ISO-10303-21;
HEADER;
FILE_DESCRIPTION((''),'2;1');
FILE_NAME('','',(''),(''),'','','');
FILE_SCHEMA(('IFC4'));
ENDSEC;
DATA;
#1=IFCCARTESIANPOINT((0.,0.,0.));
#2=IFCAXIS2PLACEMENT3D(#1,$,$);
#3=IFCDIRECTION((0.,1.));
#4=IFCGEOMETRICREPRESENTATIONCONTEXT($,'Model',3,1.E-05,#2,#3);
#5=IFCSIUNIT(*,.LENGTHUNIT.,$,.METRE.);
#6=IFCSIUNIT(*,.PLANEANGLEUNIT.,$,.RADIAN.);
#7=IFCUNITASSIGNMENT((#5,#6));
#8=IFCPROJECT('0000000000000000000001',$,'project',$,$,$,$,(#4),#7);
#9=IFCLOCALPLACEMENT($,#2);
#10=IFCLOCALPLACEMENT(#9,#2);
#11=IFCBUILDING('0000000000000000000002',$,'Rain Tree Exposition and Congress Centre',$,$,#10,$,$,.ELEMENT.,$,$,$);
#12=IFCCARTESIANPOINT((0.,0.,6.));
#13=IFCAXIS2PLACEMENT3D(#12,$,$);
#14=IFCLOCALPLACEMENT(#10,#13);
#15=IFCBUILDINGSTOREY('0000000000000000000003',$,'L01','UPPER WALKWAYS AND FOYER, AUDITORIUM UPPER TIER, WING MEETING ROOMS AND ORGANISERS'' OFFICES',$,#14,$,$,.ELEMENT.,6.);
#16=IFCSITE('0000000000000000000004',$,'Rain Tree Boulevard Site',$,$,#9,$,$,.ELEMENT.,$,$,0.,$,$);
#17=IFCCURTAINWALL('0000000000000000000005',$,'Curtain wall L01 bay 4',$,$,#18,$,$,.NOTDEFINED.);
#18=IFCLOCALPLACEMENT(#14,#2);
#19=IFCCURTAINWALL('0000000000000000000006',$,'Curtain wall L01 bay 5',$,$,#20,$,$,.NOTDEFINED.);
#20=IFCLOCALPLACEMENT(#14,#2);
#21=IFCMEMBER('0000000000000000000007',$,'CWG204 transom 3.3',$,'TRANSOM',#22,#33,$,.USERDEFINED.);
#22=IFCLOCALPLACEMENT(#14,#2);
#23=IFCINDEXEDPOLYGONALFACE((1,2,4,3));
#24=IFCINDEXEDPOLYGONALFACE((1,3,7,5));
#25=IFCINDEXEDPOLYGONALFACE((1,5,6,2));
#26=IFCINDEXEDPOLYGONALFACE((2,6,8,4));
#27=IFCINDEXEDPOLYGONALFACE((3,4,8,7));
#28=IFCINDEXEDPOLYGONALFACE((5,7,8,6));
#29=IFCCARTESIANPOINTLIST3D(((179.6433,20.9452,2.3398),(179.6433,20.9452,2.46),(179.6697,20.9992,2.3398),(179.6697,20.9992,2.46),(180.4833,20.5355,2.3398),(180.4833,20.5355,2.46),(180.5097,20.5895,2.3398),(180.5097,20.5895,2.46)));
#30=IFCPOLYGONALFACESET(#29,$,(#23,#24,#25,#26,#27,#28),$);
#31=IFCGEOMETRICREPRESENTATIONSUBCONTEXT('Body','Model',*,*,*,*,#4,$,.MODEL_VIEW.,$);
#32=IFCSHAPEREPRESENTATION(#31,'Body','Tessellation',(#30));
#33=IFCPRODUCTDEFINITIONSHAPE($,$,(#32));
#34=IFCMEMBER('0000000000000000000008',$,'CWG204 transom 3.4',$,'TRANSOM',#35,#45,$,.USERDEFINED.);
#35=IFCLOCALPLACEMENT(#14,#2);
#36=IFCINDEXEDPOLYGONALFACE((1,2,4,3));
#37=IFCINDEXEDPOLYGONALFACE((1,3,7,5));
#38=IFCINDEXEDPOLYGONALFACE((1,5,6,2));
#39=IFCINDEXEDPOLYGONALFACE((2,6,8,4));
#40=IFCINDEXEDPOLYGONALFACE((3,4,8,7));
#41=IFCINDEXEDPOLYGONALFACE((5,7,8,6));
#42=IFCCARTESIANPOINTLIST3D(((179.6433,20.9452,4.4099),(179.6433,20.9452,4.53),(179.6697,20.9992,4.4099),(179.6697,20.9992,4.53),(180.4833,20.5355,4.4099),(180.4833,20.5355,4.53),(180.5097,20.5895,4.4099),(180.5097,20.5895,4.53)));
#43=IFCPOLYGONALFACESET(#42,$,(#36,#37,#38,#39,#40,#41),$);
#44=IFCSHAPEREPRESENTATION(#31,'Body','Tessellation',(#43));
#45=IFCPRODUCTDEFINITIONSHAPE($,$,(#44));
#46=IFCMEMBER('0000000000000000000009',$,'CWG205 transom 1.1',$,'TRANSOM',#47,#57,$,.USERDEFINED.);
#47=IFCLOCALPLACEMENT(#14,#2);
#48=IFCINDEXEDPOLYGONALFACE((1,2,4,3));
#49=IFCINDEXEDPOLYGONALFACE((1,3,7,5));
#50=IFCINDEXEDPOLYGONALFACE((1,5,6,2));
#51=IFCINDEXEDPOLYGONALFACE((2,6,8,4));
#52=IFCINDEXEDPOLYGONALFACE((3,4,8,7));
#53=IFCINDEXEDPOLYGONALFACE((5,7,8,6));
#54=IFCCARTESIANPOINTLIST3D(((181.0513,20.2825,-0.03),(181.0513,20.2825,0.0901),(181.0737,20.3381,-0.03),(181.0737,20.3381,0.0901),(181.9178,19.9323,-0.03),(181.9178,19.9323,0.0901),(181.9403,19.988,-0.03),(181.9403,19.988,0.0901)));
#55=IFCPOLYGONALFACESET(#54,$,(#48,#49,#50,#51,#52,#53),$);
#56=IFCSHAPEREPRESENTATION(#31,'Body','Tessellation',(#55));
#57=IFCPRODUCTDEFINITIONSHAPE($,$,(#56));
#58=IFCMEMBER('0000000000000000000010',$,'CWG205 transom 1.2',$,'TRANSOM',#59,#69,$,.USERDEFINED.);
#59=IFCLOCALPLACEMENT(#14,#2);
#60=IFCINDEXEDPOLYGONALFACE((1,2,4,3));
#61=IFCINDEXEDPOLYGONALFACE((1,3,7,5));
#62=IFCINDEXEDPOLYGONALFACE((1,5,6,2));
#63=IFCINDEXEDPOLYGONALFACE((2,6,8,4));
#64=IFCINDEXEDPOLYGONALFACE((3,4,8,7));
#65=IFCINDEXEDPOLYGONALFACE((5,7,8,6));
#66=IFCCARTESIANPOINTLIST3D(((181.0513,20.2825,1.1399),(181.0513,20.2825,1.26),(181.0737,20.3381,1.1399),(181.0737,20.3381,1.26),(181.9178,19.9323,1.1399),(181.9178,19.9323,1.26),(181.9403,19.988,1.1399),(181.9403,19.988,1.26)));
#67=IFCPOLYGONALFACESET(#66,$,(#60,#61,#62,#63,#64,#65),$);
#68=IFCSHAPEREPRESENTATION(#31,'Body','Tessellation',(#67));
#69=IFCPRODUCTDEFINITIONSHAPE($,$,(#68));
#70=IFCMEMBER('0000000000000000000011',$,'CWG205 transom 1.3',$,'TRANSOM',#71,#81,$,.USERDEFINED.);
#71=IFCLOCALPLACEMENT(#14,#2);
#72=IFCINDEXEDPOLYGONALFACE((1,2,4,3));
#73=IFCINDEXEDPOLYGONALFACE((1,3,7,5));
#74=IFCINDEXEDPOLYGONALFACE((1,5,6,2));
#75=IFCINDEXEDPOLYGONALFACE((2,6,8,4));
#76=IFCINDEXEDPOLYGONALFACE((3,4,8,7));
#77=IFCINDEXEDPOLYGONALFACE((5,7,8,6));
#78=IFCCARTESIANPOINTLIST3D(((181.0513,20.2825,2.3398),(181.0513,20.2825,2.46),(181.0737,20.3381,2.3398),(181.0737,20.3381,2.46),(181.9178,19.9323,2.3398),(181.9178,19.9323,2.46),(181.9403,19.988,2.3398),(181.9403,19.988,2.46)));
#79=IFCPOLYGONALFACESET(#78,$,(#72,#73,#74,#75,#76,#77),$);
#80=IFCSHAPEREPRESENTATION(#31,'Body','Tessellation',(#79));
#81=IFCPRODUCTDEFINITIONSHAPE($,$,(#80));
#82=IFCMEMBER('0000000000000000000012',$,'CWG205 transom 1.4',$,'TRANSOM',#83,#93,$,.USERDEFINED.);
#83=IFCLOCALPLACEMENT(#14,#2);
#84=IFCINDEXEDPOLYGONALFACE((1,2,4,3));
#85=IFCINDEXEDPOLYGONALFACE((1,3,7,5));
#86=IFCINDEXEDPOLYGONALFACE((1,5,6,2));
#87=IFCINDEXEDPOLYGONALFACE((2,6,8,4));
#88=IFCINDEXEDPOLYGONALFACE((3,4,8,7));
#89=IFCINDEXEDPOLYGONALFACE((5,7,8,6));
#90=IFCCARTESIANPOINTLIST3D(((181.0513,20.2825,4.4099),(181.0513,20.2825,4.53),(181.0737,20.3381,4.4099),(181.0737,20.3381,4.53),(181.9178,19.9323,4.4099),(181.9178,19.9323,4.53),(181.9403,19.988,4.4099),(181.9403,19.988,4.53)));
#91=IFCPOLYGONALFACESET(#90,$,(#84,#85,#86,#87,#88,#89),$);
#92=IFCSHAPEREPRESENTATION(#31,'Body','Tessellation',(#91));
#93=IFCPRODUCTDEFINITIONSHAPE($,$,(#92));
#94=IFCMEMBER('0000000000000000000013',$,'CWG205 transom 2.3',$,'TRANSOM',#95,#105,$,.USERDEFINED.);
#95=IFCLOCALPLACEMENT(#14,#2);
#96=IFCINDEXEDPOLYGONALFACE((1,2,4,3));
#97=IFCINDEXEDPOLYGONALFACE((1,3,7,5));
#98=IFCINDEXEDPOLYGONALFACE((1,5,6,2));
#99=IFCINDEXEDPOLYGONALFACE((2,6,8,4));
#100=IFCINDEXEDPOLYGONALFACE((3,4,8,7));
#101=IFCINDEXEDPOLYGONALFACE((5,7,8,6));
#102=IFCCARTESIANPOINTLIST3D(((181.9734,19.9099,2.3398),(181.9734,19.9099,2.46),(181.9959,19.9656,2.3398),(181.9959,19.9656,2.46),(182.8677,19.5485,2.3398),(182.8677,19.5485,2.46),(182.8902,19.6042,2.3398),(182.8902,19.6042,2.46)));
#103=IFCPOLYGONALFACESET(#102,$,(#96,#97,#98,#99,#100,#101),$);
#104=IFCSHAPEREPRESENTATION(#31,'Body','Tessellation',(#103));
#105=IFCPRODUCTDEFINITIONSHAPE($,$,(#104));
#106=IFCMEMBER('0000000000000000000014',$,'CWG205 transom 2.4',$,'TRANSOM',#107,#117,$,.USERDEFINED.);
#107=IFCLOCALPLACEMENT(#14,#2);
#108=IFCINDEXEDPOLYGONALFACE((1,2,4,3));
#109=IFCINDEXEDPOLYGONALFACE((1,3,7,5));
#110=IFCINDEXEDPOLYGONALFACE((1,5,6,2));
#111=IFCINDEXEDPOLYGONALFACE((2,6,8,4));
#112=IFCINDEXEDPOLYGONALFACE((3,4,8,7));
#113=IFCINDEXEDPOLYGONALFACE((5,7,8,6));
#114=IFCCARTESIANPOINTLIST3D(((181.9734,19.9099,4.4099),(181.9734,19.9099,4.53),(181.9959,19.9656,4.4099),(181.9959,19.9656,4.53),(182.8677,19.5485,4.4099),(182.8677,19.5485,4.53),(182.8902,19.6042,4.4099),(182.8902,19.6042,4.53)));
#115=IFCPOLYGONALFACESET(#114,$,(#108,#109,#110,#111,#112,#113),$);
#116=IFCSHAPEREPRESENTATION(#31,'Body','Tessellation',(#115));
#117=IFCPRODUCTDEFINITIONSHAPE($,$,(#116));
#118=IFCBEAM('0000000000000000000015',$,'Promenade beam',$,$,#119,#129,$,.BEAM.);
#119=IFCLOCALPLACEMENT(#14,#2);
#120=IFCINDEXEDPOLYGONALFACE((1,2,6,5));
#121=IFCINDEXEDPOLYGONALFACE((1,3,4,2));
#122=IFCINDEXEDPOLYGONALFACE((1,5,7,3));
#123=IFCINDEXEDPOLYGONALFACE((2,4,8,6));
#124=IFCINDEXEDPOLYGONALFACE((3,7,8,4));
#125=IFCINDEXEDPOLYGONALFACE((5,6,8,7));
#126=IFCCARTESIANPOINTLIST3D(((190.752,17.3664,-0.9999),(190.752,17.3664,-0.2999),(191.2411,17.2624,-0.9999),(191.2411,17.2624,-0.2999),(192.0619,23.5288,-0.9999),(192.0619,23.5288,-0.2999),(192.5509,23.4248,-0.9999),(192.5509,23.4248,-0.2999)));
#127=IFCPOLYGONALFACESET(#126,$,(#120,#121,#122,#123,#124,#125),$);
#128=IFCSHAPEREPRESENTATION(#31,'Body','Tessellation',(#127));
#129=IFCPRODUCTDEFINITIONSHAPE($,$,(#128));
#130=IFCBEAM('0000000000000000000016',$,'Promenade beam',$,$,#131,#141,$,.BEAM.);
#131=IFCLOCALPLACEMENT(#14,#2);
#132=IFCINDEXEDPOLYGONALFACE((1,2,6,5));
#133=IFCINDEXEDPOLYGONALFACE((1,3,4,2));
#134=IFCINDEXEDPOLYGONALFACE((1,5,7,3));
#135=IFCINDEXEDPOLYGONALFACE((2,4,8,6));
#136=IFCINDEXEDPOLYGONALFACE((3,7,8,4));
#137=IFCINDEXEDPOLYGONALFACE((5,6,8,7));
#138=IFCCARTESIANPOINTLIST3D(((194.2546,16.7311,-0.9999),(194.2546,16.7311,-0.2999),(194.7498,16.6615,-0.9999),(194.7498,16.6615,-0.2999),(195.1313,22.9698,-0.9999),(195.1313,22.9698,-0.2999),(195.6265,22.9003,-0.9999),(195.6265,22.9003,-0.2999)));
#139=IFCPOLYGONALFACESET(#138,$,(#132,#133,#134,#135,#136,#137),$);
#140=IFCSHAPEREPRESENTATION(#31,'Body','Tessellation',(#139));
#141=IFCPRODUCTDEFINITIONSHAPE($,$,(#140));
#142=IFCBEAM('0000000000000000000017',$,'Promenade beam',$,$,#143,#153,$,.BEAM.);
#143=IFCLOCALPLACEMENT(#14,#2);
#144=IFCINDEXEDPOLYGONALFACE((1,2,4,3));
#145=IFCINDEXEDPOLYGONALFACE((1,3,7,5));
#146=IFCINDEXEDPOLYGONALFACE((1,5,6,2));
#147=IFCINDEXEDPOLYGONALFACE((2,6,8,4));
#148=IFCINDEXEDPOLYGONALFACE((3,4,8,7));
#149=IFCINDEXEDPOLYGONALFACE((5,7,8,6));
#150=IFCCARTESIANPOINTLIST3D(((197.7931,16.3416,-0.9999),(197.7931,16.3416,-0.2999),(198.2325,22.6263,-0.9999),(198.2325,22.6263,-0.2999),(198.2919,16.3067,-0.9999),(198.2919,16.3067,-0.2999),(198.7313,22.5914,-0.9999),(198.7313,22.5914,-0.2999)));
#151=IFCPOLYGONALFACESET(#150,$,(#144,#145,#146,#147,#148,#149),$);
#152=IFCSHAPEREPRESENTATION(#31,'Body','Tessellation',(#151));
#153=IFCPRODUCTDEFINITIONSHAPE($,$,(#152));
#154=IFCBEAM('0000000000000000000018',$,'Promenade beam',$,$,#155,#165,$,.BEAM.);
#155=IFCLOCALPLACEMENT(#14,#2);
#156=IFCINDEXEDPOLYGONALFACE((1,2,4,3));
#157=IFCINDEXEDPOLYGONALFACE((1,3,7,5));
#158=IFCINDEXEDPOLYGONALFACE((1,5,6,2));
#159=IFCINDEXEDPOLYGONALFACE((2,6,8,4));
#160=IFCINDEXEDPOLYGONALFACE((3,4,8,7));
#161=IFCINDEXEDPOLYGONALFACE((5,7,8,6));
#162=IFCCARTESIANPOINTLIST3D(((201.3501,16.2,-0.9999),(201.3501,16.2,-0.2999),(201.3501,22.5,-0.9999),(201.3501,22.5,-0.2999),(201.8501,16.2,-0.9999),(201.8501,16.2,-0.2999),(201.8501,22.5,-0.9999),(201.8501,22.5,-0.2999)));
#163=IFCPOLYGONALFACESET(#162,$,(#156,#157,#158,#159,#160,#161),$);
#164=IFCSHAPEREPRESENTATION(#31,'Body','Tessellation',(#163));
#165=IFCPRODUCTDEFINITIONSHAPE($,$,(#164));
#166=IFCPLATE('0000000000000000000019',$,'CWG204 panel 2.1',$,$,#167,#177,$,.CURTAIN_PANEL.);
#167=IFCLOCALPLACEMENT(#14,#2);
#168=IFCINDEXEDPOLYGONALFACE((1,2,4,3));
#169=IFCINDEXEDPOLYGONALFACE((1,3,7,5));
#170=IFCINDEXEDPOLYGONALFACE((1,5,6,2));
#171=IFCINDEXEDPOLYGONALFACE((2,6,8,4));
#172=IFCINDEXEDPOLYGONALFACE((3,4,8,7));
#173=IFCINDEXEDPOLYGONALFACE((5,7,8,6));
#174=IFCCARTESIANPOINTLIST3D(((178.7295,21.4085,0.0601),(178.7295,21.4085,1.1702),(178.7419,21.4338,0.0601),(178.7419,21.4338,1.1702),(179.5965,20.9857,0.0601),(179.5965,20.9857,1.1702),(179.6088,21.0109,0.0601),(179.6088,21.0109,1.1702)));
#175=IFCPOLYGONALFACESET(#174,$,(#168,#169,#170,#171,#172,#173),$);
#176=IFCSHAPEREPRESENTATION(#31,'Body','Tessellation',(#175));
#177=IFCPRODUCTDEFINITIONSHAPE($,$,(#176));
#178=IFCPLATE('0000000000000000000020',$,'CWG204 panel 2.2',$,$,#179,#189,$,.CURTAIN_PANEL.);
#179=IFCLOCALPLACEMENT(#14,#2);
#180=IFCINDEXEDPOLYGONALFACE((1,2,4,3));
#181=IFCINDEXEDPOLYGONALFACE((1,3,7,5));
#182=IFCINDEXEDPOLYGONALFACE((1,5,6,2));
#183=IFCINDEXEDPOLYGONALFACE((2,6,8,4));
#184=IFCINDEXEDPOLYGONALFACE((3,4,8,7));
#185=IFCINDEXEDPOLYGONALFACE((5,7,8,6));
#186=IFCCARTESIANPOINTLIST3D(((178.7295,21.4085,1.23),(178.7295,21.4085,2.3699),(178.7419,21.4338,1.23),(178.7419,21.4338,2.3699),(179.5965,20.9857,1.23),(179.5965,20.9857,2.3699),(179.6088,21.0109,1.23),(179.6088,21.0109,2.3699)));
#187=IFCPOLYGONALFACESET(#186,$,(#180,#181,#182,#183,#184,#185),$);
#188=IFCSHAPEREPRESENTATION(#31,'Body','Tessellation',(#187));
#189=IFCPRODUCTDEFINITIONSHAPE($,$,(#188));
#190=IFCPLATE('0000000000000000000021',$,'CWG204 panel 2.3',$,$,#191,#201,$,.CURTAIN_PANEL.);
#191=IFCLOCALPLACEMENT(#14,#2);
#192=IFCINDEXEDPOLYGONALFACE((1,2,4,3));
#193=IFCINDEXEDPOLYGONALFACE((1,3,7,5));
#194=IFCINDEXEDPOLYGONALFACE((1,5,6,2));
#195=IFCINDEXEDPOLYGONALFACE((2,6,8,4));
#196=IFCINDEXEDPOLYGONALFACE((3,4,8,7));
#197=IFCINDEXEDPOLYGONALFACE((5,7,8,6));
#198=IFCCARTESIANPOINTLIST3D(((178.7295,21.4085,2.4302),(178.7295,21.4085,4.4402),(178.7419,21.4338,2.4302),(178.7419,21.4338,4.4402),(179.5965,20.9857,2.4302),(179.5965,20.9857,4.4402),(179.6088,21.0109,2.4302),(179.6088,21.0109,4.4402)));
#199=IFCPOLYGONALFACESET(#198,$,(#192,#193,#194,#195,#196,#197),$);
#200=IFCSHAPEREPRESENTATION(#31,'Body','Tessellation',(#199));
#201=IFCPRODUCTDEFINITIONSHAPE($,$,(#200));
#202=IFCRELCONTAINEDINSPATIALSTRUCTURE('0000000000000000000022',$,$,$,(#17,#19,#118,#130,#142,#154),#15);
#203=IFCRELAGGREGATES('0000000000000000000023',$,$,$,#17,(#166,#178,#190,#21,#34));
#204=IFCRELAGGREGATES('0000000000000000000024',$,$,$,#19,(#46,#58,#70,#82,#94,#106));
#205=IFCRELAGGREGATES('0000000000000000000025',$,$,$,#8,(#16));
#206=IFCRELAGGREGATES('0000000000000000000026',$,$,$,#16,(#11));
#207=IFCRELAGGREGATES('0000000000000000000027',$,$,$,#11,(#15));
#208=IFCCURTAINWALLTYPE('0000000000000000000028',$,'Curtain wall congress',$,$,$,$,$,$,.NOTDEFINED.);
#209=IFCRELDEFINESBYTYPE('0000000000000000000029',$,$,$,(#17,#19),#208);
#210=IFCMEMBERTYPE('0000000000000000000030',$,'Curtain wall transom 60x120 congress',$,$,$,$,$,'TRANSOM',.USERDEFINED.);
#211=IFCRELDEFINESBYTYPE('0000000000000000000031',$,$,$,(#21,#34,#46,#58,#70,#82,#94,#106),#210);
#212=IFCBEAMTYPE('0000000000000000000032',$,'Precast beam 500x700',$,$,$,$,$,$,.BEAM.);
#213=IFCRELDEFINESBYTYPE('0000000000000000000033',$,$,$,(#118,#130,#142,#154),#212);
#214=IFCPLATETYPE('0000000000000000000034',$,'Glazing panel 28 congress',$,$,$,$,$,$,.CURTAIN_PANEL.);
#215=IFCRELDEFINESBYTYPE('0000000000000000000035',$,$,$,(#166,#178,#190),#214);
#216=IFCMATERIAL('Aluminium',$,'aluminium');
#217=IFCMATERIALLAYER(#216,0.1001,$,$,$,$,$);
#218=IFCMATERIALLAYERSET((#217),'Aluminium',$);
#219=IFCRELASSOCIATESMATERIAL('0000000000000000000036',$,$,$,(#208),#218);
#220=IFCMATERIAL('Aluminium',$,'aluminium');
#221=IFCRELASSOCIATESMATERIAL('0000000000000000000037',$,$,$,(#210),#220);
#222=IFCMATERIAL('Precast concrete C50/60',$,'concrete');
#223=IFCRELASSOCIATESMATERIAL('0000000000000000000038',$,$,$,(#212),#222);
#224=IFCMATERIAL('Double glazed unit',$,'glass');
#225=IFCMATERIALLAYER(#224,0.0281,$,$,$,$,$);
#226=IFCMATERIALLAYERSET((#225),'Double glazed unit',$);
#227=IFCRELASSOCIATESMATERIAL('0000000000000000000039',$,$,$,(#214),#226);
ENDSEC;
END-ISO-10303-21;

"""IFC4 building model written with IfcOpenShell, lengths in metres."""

from ifc_helpers import new_model, si_unit, direction, frame, origin, origin_2d, place, context, subcontext, project, spatial, rectangle, extrude, material, layer, layer_set, material_profile, profile_set, type_object, element, aggregate, save


model = new_model("IFC4")

# Units and contexts
model_context = context("Model", 3, precision=1e-05, world=origin(), true_north=direction((0.0, 1.0)))
body_context = subcontext(model_context, "Body", "Model", "MODEL_VIEW")
ifc_project = project(units=[si_unit("LENGTHUNIT", "METRE"), si_unit("PLANEANGLEUNIT", "RADIAN")], contexts=[model_context])

# Site, building, storey
site_placement = place(None, origin())
site = spatial("IfcSite", under=ifc_project, at=site_placement, Name="Rain Tree Boulevard Site", CompositionType="ELEMENT", RefElevation=0.0)
building_placement = place(site_placement, origin())
building = spatial("IfcBuilding", under=site, at=building_placement, Name="Rain Tree Exposition and Congress Centre", CompositionType="ELEMENT")
storey_placement = place(building_placement, frame((0.0, 0.0, 6.0)))
storey = spatial("IfcBuildingStorey", under=building, at=storey_placement, Name="L01", Description="UPPER WALKWAYS AND FOYER, AUDITORIUM UPPER TIER, WING MEETING ROOMS AND ORGANISERS' OFFICES", CompositionType="ELEMENT", Elevation=6.0)

# Curtain walls
ifc_material_1 = material(Name="Aluminium", Category="aluminium")
ifc_layer_1 = layer(ifc_material_1, 0.1001)
ifc_layer_set_1 = layer_set([ifc_layer_1], Name="Aluminium")
curtain_wall_type = type_object("IfcCurtainWallType", Name="Curtain wall congress", PredefinedType="NOTDEFINED", material=ifc_layer_set_1)
curtain_wall_1_placement = place(storey_placement, origin())
curtain_wall_1 = element("IfcCurtainWall", 1, at=curtain_wall_1_placement, inside=storey, type_object=curtain_wall_type, Name="Curtain wall L01 bay 4", PredefinedType="NOTDEFINED")
curtain_wall_2_placement = place(storey_placement, origin())
curtain_wall_2 = element("IfcCurtainWall", 2, at=curtain_wall_2_placement, inside=storey, type_object=curtain_wall_type, Name="Curtain wall L01 bay 5", PredefinedType="NOTDEFINED")

# Members
ifc_material_2 = material(Name="Aluminium", Category="aluminium")
ifc_material_profile_1 = material_profile(ifc_material_2, rectangle(XDim=0.0601, YDim=0.1201, at=origin_2d()), Name="AL 60x120")
ifc_profile_set_1 = profile_set([ifc_material_profile_1], Name="Aluminium")
member_type_1 = type_object("IfcMemberType", Name="Curtain wall transom 60x120 congress", ElementType="TRANSOM", PredefinedType="USERDEFINED", material=ifc_profile_set_1)
member_1_placement = place(storey_placement, frame((179.6565, 20.9722, 2.3999), z_axis=(0.898824, -0.43831, 0.0), x_axis=(0.43831, 0.898824, 0.0)))
member_1 = element("IfcMember", 3, at=member_1_placement, type_object=member_type_1, Name="CWG204 transom 3.3", ObjectType="TRANSOM", PredefinedType="USERDEFINED", context=body_context, shape_type="SweptSolid", body=[
    extrude(rectangle(XDim=0.0601, YDim=0.1201, at=origin_2d()), origin(), (0.0, 0.0, 1.0), 0.9346),
])
member_2_placement = place(storey_placement, frame((179.6565, 20.9722, 4.47), z_axis=(0.898824, -0.43831, 0.0), x_axis=(0.43831, 0.898824, 0.0)))
member_2 = element("IfcMember", 4, at=member_2_placement, type_object=member_type_1, Name="CWG204 transom 3.4", ObjectType="TRANSOM", PredefinedType="USERDEFINED", context=body_context, shape_type="SweptSolid", body=[
    extrude(rectangle(XDim=0.0601, YDim=0.1201, at=origin_2d()), origin(), (0.0, 0.0, 1.0), 0.9346),
])
member_3_placement = place(storey_placement, frame((181.0625, 20.3103, 0.03), z_axis=(0.927174, -0.374632, 0.0), x_axis=(0.374632, 0.927174, 0.0)))
member_3 = element("IfcMember", 5, at=member_3_placement, type_object=member_type_1, Name="CWG205 transom 1.1", ObjectType="TRANSOM", PredefinedType="USERDEFINED", context=body_context, shape_type="SweptSolid", body=[
    extrude(rectangle(XDim=0.0601, YDim=0.1201, at=origin_2d()), origin(), (0.0, 0.0, 1.0), 0.9346),
])
member_4_placement = place(storey_placement, frame((181.0625, 20.3103, 1.2), z_axis=(0.927174, -0.374632, 0.0), x_axis=(0.374632, 0.927174, 0.0)))
member_4 = element("IfcMember", 6, at=member_4_placement, type_object=member_type_1, Name="CWG205 transom 1.2", ObjectType="TRANSOM", PredefinedType="USERDEFINED", context=body_context, shape_type="SweptSolid", body=[
    extrude(rectangle(XDim=0.0601, YDim=0.1201, at=origin_2d()), origin(), (0.0, 0.0, 1.0), 0.9346),
])
member_5_placement = place(storey_placement, frame((181.0625, 20.3103, 2.3999), z_axis=(0.927174, -0.374632, 0.0), x_axis=(0.374632, 0.927174, 0.0)))
member_5 = element("IfcMember", 7, at=member_5_placement, type_object=member_type_1, Name="CWG205 transom 1.3", ObjectType="TRANSOM", PredefinedType="USERDEFINED", context=body_context, shape_type="SweptSolid", body=[
    extrude(rectangle(XDim=0.0601, YDim=0.1201, at=origin_2d()), origin(), (0.0, 0.0, 1.0), 0.9346),
])
member_6_placement = place(storey_placement, frame((181.0625, 20.3103, 4.47), z_axis=(0.927174, -0.374632, 0.0), x_axis=(0.374632, 0.927174, 0.0)))
member_6 = element("IfcMember", 8, at=member_6_placement, type_object=member_type_1, Name="CWG205 transom 1.4", ObjectType="TRANSOM", PredefinedType="USERDEFINED", context=body_context, shape_type="SweptSolid", body=[
    extrude(rectangle(XDim=0.0601, YDim=0.1201, at=origin_2d()), origin(), (0.0, 0.0, 1.0), 0.9346),
])
member_7_placement = place(storey_placement, frame((181.9846, 19.9377, 2.3999), z_axis=(0.927179, -0.374618, 0.0), x_axis=(0.374618, 0.927179, 0.0)))
member_7 = element("IfcMember", 9, at=member_7_placement, type_object=member_type_1, Name="CWG205 transom 2.3", ObjectType="TRANSOM", PredefinedType="USERDEFINED", context=body_context, shape_type="SweptSolid", body=[
    extrude(rectangle(XDim=0.0601, YDim=0.1201, at=origin_2d()), origin(), (0.0, 0.0, 1.0), 0.9646),
])
member_8_placement = place(storey_placement, frame((181.9846, 19.9377, 4.47), z_axis=(0.927179, -0.374618, 0.0), x_axis=(0.374618, 0.927179, 0.0)))
member_8 = element("IfcMember", 10, at=member_8_placement, type_object=member_type_1, Name="CWG205 transom 2.4", ObjectType="TRANSOM", PredefinedType="USERDEFINED", context=body_context, shape_type="SweptSolid", body=[
    extrude(rectangle(XDim=0.0601, YDim=0.1201, at=origin_2d()), origin(), (0.0, 0.0, 1.0), 0.9646),
])

# Beams
ifc_material_3 = material(Name="Precast concrete C50/60", Category="concrete")
ifc_material_profile_2 = material_profile(ifc_material_3, rectangle(XDim=0.5, YDim=0.7, at=origin_2d()), Name="RC 500x700")
ifc_profile_set_2 = profile_set([ifc_material_profile_2], Name="Precast concrete C50/60")
beam_type = type_object("IfcBeamType", Name="Precast beam 500x700", PredefinedType="BEAM", material=ifc_profile_set_2)
for number, where, z_axis, x_axis, name in (
    (11, (192.3064, 23.4768, -0.6499), (-0.207906, -0.978149, 0.0), (0.978149, -0.207906, 0.0), "Promenade beam"),
    (12, (195.3789, 22.9351, -0.6499), (-0.139159, -0.99027, 0.0), (0.99027, -0.139159, 0.0), "Promenade beam"),
    (13, (198.4819, 22.6089, -0.6499), (-0.069754, -0.997564, 0.0), (0.997564, -0.069754, 0.0), "Promenade beam"),
    (14, (201.6001, 22.5, -0.6499), (0.0, -1.0, 0.0), (1.0, 0.0, 0.0), "Promenade beam"),
):
    element("IfcBeam", number, at=place(storey_placement, frame(where, z_axis=z_axis, x_axis=x_axis)), inside=storey, type_object=beam_type, Name=name, PredefinedType="BEAM", context=body_context, shape_type="SweptSolid", body=[
        extrude(rectangle(XDim=0.5, YDim=0.7, at=origin_2d()), origin(), (0.0, 0.0, 1.0), 6.3),
    ])

# Plates
ifc_material_4 = material(Name="Double glazed unit", Category="glass")
ifc_layer_2 = layer(ifc_material_4, 0.0281)
ifc_layer_set_2 = layer_set([ifc_layer_2], Name="Double glazed unit")
plate_type = type_object("IfcPlateType", Name="Glazing panel 28 congress", PredefinedType="CURTAIN_PANEL", material=ifc_layer_set_2)
plate_1_placement = place(storey_placement, frame((179.1692, 21.2097, 0.0601), z_axis=(0.0, 0.0, 1.0), x_axis=(0.898795, -0.438369, 0.0)))
plate_1 = element("IfcPlate", 15, at=plate_1_placement, type_object=plate_type, Name="CWG204 panel 2.1", PredefinedType="CURTAIN_PANEL", context=body_context, shape_type="SweptSolid", body=[
    extrude(rectangle(XDim=0.9646, YDim=0.0281, at=origin_2d()), origin(), (0.0, 0.0, 1.0), 1.1101),
])
plate_2_placement = place(storey_placement, frame((179.1692, 21.2097, 1.23), z_axis=(0.0, 0.0, 1.0), x_axis=(0.898795, -0.438369, 0.0)))
plate_2 = element("IfcPlate", 16, at=plate_2_placement, type_object=plate_type, Name="CWG204 panel 2.2", PredefinedType="CURTAIN_PANEL", context=body_context, shape_type="SweptSolid", body=[
    extrude(rectangle(XDim=0.9646, YDim=0.0281, at=origin_2d()), origin(), (0.0, 0.0, 1.0), 1.1399),
])
plate_3_placement = place(storey_placement, frame((179.1692, 21.2097, 2.4302), z_axis=(0.0, 0.0, 1.0), x_axis=(0.898795, -0.438369, 0.0)))
plate_3 = element("IfcPlate", 17, at=plate_3_placement, type_object=plate_type, Name="CWG204 panel 2.3", PredefinedType="CURTAIN_PANEL", context=body_context, shape_type="SweptSolid", body=[
    extrude(rectangle(XDim=0.9646, YDim=0.0281, at=origin_2d()), origin(), (0.0, 0.0, 1.0), 2.01),
])
aggregate(curtain_wall_1, [plate_1, plate_2, plate_3, member_1, member_2])
aggregate(curtain_wall_2, [member_3, member_4, member_5, member_6, member_7, member_8])

save(model, "model.ifc")
